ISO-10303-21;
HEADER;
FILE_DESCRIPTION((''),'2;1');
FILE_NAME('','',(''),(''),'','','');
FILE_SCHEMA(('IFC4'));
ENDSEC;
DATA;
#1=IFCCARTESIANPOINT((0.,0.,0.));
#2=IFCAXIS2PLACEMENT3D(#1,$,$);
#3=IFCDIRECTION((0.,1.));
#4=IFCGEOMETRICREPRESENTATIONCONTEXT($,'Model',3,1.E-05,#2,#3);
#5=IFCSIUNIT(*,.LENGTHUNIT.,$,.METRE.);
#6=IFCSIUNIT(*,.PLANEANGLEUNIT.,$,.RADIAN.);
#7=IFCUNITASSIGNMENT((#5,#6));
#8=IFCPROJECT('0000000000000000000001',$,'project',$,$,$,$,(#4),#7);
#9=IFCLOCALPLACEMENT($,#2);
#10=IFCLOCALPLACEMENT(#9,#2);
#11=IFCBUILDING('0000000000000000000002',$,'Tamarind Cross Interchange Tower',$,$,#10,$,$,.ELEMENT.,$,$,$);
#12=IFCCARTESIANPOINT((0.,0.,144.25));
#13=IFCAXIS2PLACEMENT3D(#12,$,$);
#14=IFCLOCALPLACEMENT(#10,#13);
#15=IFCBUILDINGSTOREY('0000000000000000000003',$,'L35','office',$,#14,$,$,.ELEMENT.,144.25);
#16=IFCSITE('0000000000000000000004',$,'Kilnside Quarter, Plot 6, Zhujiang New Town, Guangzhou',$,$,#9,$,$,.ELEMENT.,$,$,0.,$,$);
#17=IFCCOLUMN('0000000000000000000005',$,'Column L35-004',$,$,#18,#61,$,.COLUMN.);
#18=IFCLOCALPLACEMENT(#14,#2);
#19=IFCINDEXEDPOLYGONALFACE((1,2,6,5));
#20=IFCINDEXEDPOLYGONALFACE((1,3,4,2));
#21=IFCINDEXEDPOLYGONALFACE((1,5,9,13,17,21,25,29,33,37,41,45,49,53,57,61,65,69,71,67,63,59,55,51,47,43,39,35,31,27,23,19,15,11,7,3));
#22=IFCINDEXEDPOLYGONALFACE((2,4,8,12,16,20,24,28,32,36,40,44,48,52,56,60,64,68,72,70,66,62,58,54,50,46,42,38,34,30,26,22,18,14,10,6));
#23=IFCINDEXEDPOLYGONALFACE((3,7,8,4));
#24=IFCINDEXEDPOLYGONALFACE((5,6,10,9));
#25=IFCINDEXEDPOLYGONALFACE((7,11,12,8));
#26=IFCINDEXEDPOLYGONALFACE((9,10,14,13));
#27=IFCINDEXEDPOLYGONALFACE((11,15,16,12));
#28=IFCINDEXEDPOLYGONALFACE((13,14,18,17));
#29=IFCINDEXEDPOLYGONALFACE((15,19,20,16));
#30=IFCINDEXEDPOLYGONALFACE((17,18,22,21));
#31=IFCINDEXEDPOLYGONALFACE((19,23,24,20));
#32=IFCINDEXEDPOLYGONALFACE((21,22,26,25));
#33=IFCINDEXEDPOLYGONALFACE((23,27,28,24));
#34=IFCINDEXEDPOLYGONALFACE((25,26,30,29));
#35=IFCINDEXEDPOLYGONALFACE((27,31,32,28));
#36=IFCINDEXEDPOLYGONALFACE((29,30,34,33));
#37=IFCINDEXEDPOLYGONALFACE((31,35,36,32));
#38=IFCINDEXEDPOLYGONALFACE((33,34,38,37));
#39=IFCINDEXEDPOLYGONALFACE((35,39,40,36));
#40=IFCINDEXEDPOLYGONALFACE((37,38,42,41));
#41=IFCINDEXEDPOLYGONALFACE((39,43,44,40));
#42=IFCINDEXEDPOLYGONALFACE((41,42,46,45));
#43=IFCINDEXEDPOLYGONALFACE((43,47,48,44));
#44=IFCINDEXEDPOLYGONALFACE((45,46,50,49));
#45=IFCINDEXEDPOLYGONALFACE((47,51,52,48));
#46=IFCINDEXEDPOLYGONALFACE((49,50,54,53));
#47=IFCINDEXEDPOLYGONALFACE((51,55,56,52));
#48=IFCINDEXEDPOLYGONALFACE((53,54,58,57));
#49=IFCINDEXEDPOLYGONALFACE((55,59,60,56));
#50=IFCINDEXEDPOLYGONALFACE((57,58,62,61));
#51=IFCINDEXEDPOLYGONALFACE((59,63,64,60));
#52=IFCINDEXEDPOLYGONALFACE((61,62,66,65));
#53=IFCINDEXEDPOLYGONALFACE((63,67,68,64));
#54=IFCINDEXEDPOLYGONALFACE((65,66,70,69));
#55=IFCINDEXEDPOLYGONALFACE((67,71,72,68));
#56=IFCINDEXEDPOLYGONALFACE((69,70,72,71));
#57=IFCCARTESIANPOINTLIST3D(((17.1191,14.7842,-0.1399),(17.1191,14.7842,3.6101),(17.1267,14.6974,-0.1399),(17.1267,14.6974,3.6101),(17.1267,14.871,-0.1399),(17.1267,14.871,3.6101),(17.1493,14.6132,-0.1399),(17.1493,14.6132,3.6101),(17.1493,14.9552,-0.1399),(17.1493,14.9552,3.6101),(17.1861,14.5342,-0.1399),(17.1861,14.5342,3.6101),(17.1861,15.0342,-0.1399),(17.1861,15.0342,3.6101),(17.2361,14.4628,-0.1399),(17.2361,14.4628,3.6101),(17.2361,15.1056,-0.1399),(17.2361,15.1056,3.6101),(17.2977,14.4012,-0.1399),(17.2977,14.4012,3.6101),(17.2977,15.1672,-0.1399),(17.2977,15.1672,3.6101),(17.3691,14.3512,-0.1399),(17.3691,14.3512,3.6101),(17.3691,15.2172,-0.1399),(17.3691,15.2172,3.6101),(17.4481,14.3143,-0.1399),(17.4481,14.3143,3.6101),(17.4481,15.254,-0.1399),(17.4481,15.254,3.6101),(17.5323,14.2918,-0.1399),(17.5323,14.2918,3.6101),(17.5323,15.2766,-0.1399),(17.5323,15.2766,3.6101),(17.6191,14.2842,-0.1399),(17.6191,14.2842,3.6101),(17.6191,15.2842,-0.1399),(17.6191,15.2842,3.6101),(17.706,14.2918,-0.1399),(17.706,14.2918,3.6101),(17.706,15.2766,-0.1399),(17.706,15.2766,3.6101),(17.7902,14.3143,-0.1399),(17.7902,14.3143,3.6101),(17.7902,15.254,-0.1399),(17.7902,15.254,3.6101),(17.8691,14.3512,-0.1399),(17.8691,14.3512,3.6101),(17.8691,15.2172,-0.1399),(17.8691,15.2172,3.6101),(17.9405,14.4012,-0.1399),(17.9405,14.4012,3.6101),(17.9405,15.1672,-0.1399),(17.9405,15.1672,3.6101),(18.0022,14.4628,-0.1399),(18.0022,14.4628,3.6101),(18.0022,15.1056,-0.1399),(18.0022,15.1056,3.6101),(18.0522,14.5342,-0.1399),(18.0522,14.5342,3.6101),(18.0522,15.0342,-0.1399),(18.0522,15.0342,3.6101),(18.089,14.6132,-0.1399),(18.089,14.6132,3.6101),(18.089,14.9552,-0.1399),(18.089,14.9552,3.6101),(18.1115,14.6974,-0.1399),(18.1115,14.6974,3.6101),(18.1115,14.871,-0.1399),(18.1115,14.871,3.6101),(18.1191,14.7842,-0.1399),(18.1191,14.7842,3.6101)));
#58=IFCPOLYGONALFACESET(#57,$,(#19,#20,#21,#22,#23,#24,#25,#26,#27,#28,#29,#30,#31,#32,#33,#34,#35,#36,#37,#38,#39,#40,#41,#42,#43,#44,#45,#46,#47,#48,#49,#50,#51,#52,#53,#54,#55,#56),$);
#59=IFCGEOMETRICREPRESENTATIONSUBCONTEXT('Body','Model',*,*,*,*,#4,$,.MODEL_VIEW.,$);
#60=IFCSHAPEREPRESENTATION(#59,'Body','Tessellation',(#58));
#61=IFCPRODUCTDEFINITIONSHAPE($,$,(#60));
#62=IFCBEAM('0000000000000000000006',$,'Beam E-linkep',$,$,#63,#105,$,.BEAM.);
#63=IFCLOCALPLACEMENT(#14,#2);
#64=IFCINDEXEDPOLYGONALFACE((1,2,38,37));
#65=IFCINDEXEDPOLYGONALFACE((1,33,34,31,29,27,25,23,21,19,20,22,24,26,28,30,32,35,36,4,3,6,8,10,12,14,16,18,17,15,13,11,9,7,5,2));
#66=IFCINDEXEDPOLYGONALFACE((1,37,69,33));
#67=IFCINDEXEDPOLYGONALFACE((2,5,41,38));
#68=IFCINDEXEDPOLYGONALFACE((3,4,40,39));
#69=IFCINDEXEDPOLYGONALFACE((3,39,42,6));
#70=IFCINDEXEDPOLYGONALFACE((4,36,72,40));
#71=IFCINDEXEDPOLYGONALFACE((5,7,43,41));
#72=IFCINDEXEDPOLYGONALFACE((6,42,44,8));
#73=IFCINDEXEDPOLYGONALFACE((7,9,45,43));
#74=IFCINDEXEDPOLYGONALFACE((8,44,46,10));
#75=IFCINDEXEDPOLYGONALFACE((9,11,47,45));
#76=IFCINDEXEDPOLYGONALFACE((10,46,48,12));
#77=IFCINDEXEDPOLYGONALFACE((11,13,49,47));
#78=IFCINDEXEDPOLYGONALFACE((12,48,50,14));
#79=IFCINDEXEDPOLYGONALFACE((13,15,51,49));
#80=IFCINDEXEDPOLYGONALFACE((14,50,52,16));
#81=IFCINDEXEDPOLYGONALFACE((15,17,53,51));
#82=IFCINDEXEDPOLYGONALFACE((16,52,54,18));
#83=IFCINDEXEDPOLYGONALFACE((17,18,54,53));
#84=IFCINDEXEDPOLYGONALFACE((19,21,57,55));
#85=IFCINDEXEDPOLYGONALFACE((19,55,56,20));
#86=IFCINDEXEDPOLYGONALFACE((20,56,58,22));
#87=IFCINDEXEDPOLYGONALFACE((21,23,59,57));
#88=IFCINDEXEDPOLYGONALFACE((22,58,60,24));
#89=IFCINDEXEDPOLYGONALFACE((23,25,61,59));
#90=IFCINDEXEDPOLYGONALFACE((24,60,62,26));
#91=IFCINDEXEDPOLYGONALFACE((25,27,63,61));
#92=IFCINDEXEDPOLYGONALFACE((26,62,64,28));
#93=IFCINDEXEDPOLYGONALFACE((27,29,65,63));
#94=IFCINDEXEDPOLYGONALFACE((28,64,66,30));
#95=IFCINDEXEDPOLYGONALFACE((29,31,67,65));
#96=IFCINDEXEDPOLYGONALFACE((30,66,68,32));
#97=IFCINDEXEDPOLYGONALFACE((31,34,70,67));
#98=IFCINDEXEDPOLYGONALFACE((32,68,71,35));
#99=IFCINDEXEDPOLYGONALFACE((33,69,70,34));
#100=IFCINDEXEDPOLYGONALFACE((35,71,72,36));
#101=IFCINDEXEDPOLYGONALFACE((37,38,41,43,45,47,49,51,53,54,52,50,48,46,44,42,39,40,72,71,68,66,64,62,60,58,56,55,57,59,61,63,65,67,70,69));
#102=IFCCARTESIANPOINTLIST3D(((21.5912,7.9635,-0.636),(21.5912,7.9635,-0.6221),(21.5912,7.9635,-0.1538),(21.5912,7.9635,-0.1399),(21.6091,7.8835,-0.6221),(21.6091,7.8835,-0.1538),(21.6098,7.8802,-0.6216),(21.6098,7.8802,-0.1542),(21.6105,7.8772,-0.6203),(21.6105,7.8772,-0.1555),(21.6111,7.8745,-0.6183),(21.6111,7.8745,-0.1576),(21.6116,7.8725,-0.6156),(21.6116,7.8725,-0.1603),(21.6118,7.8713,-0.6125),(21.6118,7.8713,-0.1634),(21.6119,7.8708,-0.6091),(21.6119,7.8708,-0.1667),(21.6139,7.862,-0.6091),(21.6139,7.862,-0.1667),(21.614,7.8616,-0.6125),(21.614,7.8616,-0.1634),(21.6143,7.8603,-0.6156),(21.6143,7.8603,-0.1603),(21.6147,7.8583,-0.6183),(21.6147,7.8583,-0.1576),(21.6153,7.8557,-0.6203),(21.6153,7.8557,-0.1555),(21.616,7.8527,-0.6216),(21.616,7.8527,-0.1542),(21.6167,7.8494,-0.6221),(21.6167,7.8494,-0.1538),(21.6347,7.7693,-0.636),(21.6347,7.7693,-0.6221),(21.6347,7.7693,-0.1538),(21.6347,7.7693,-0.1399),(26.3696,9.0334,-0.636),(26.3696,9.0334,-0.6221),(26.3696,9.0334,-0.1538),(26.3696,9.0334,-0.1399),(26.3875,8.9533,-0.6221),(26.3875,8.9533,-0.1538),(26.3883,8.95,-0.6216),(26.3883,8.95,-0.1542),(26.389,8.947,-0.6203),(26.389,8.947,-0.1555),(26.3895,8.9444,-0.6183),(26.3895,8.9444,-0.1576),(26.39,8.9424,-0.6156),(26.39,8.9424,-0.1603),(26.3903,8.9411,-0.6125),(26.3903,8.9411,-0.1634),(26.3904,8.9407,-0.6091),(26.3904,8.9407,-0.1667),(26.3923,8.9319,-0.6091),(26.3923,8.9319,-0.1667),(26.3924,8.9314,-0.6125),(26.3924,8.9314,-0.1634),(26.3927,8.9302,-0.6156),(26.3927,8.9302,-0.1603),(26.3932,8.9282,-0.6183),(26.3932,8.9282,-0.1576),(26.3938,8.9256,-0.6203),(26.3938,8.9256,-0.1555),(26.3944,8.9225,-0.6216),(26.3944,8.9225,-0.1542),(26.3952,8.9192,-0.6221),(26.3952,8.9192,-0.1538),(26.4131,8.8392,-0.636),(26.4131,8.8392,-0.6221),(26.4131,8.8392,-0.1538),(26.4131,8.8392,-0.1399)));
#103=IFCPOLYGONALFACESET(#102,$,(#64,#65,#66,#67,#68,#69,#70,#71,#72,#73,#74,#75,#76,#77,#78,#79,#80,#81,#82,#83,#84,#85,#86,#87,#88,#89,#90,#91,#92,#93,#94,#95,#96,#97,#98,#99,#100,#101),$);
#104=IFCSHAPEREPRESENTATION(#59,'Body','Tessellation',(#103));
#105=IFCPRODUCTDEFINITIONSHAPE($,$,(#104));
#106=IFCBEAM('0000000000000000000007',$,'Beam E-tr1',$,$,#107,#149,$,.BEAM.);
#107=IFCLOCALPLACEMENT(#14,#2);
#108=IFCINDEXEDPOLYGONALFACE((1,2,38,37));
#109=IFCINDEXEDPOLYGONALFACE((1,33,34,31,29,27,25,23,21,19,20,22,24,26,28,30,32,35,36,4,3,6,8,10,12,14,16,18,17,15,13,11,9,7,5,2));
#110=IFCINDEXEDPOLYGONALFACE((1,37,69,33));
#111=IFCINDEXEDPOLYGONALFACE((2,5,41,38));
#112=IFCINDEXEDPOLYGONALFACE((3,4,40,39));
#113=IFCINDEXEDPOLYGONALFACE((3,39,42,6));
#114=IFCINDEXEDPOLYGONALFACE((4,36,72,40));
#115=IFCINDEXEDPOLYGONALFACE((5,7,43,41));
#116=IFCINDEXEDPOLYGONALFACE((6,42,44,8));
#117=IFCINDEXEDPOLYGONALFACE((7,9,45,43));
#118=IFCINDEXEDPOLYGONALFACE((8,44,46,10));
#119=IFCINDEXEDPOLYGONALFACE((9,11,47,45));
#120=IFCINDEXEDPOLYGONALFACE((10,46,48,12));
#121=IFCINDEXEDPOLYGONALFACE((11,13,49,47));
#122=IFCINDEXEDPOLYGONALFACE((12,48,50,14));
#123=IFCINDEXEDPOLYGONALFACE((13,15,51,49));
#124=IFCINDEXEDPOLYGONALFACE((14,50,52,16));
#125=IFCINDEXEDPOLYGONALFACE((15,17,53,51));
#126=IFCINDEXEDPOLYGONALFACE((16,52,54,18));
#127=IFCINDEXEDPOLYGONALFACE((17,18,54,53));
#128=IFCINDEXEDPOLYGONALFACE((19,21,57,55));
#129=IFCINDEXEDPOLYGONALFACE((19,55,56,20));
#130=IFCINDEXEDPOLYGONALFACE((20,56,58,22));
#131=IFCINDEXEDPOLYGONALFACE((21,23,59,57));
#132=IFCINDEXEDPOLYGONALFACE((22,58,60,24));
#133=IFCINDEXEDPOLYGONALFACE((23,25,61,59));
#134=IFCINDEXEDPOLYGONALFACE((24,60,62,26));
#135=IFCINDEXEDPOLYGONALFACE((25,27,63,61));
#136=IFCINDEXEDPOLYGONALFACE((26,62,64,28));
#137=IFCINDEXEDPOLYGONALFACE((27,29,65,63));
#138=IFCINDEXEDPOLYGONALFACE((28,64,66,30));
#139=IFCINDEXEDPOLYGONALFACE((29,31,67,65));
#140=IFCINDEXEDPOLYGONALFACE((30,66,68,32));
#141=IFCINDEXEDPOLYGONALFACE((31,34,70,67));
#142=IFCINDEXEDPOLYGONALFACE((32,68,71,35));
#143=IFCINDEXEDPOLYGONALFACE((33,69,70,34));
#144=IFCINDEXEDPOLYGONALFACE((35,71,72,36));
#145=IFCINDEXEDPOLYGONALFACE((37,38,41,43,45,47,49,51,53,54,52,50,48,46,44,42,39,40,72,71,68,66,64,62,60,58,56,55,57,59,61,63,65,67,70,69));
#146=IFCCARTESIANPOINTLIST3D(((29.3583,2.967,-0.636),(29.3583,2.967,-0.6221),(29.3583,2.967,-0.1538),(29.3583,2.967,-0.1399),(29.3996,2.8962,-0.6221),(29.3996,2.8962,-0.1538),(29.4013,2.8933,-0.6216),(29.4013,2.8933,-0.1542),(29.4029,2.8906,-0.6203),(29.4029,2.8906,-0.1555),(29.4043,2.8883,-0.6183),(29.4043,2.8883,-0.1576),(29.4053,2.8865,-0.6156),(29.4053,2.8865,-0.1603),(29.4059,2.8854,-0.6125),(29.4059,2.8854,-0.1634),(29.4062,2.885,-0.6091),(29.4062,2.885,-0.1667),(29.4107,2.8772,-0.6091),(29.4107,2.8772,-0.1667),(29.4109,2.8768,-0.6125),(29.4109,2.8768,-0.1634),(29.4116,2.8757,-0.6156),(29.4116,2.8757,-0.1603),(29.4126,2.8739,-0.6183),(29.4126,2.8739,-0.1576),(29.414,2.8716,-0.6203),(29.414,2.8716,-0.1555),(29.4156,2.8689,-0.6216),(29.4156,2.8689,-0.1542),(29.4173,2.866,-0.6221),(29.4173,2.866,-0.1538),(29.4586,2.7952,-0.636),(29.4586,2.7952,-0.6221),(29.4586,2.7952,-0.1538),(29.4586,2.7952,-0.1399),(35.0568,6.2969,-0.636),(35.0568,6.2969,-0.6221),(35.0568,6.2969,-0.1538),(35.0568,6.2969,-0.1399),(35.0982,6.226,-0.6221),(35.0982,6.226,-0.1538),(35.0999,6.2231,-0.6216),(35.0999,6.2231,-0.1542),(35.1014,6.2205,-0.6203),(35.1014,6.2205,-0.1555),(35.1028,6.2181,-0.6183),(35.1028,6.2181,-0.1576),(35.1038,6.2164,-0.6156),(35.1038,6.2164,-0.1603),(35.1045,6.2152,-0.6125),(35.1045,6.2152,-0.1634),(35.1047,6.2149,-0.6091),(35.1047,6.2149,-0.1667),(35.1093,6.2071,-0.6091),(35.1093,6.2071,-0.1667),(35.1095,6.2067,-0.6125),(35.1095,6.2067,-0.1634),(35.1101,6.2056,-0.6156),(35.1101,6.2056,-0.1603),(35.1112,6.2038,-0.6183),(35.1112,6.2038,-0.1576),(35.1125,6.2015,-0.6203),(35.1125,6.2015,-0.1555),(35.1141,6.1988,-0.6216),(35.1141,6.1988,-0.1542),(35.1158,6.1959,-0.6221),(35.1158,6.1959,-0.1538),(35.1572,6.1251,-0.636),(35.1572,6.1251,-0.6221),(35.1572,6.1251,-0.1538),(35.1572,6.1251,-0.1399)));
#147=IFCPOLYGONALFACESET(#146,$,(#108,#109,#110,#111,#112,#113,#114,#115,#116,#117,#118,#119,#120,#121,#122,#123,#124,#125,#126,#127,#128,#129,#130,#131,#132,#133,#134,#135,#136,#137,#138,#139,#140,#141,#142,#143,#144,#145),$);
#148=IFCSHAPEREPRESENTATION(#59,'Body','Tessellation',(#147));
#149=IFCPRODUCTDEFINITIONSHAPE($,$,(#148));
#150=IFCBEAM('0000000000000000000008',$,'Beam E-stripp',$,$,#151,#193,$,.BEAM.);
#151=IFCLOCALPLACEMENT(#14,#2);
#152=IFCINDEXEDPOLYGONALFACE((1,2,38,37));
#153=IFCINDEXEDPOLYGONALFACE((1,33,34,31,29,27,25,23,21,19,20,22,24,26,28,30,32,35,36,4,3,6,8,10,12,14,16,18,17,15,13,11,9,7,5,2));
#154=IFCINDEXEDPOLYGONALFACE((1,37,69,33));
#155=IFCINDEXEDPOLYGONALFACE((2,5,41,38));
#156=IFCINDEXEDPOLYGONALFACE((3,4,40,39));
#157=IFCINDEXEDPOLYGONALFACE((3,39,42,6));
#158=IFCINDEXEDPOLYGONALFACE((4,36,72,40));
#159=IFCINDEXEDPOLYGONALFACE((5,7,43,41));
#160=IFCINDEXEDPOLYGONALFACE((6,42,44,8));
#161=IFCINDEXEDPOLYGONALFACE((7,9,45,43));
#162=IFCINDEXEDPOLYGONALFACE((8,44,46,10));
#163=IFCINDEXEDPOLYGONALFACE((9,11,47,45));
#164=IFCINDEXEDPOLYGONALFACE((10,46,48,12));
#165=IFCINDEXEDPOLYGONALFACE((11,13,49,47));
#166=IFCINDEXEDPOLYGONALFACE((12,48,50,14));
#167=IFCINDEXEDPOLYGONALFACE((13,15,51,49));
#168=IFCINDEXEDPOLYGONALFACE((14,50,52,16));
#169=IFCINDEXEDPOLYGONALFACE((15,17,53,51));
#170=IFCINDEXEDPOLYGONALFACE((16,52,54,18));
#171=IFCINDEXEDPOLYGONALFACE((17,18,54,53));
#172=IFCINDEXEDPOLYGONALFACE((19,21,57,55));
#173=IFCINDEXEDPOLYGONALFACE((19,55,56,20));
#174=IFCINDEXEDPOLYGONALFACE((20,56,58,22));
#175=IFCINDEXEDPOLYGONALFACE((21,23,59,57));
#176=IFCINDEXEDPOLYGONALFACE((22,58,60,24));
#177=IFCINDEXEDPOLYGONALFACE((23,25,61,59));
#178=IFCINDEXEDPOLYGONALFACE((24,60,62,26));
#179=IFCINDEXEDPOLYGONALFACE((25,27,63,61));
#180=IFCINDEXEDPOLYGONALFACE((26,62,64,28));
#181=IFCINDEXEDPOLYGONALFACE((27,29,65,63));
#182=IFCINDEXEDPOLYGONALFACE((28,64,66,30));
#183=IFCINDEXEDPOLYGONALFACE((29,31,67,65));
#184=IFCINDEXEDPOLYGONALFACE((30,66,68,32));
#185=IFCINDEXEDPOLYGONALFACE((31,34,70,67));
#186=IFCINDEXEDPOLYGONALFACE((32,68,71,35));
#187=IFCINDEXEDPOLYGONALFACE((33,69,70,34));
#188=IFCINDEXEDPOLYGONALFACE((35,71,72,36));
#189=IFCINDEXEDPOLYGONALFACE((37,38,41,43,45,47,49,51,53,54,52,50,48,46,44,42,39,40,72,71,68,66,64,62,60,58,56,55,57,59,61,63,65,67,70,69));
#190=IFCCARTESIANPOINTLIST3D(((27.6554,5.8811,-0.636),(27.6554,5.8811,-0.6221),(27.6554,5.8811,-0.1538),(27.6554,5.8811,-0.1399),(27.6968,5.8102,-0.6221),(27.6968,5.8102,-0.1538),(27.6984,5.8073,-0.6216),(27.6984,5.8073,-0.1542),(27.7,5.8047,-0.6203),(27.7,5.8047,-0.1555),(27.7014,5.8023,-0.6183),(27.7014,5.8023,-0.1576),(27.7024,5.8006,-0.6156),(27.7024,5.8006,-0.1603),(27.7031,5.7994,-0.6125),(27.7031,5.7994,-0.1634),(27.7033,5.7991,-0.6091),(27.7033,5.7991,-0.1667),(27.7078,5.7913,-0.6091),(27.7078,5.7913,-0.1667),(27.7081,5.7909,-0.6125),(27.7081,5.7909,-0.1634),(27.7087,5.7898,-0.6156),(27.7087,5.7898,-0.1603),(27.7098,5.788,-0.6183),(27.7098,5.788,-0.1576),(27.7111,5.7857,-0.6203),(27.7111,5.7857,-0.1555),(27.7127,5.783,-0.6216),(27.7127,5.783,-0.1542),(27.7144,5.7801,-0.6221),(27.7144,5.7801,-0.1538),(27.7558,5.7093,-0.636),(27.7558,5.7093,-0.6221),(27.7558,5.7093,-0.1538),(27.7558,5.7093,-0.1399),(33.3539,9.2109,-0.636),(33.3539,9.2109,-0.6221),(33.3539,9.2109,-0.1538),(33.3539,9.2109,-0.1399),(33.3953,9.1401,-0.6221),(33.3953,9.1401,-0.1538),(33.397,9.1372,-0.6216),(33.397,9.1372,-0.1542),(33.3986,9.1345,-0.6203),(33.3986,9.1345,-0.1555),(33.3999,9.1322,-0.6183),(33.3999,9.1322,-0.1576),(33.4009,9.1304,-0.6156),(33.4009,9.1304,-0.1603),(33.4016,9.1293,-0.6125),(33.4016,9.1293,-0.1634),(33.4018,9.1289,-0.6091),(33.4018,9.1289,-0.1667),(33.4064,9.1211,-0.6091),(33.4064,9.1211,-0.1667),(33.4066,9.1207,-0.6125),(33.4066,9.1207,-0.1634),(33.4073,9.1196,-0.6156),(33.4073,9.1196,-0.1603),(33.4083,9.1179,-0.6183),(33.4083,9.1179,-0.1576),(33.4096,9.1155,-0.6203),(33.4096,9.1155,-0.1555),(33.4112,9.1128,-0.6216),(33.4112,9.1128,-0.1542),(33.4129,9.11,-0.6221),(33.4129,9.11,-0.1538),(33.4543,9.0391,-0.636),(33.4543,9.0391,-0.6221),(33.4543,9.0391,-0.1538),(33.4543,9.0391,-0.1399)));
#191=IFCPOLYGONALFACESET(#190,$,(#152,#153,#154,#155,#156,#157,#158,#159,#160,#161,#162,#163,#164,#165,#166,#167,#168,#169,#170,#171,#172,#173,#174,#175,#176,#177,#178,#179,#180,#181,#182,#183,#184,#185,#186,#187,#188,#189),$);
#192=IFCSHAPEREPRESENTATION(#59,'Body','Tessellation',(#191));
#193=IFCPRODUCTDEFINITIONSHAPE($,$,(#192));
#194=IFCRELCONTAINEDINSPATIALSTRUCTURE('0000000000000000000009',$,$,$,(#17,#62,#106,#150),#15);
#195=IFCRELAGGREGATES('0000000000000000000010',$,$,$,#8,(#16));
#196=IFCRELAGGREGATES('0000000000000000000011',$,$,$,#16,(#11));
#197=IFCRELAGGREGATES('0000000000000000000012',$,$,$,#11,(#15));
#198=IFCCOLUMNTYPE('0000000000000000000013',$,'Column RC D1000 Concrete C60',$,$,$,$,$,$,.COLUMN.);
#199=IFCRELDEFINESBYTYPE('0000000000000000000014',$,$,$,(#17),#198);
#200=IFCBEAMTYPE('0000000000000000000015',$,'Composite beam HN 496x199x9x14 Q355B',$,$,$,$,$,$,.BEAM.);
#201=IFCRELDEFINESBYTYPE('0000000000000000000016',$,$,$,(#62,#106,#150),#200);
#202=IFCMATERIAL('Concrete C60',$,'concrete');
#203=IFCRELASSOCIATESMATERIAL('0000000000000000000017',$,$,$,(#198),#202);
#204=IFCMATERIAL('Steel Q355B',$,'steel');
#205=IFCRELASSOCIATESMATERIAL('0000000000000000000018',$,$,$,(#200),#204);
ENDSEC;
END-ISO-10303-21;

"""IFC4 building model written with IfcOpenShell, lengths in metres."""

from ifc_helpers import new_model, si_unit, direction, frame, origin, origin_2d, place, context, subcontext, project, spatial, circle, i_section, extrude, material, material_profile, profile_set, type_object, element, save


model = new_model("IFC4")

# Units and contexts
model_context = context("Model", 3, precision=1e-05, world=origin(), true_north=direction((0.0, 1.0)))
body_context = subcontext(model_context, "Body", "Model", "MODEL_VIEW")
ifc_project = project(units=[si_unit("LENGTHUNIT", "METRE"), si_unit("PLANEANGLEUNIT", "RADIAN")], contexts=[model_context])

# Site, building, storey
site_placement = place(None, origin())
site = spatial("IfcSite", under=ifc_project, at=site_placement, Name="Kilnside Quarter, Plot 6, Zhujiang New Town, Guangzhou", CompositionType="ELEMENT", RefElevation=0.0)
building_placement = place(site_placement, origin())
building = spatial("IfcBuilding", under=site, at=building_placement, Name="Tamarind Cross Interchange Tower", CompositionType="ELEMENT")
storey_placement = place(building_placement, frame((0.0, 0.0, 144.25)))
storey = spatial("IfcBuildingStorey", under=building, at=storey_placement, Name="L35", Description="office", CompositionType="ELEMENT", Elevation=144.25)

# Column
ifc_material_1 = material(Name="Concrete C60", Category="concrete")
ifc_material_profile_1 = material_profile(ifc_material_1, circle(Radius=0.5, at=origin_2d()), Name="RC D1000")
ifc_profile_set_1 = profile_set([ifc_material_profile_1], Name="Concrete C60")
column_type_1 = type_object("IfcColumnType", Name="Column RC D1000 Concrete C60", PredefinedType="COLUMN", material=ifc_profile_set_1)
for number, where, z_axis, x_axis, name in (
    (1, (17.6191, 14.7842, -0.1399), (0.0, 0.0, 1.0), (1.0, 0.0, 0.0), "Column L35-004"),
):
    element("IfcColumn", number, at=place(storey_placement, frame(where, z_axis=z_axis, x_axis=x_axis)), inside=storey, type_object=column_type_1, Name=name, PredefinedType="COLUMN", context=body_context, shape_type="SweptSolid", body=[
        extrude(circle(Radius=0.5, at=origin_2d()), origin(), (0.0, 0.0, 1.0), 3.75),
    ])

# Beams
ifc_material_2 = material(Name="Steel Q355B", Category="steel")
ifc_material_profile_2 = material_profile(ifc_material_2, i_section(OverallWidth=0.199, OverallDepth=0.4961, WebThickness=0.009, FlangeThickness=0.0139, FilletRadius=0.0129, at=origin_2d()), Name="HN 496x199x9x14")
ifc_profile_set_2 = profile_set([ifc_material_profile_2], Name="Steel Q355B")
beam_type_1 = type_object("IfcBeamType", Name="Composite beam HN 496x199x9x14 Q355B", PredefinedType="BEAM", material=ifc_profile_set_2)
beam_1_placement = place(storey_placement, frame((26.3914, 8.9363, -0.3879), z_axis=(-0.975841, -0.218482, 0.0), x_axis=(0.218482, -0.975841, 0.0)))
element("IfcBeam", 2, at=beam_1_placement, inside=storey, type_object=beam_type_1, Name="Beam E-linkep", PredefinedType="BEAM", context=body_context, shape_type="SweptSolid", body=[
    extrude(i_section(OverallWidth=0.199, OverallDepth=0.4961, WebThickness=0.009, FlangeThickness=0.0139, FilletRadius=0.0129, at=origin_2d()), origin(), (0.0, 0.0, 1.0), 4.8967),
])
for number, where, z_axis, x_axis, name in (
    (3, (29.4084, 2.8811, -0.3879), (0.863402, 0.504517, 0.0), (-0.504517, 0.863402, 0.0), "Beam E-tr1"),
    (4, (27.7056, 5.7952, -0.3879), (0.863402, 0.504517, 0.0), (-0.504517, 0.863402, 0.0), "Beam E-stripp"),
):
    element("IfcBeam", number, at=place(storey_placement, frame(where, z_axis=z_axis, x_axis=x_axis)), inside=storey, type_object=beam_type_1, Name=name, PredefinedType="BEAM", context=body_context, shape_type="SweptSolid", body=[
        extrude(i_section(OverallWidth=0.199, OverallDepth=0.4961, WebThickness=0.009, FlangeThickness=0.0139, FilletRadius=0.0129, at=origin_2d()), origin(), (0.0, 0.0, 1.0), 6.6001),
    ])

save(model, "model.ifc")
